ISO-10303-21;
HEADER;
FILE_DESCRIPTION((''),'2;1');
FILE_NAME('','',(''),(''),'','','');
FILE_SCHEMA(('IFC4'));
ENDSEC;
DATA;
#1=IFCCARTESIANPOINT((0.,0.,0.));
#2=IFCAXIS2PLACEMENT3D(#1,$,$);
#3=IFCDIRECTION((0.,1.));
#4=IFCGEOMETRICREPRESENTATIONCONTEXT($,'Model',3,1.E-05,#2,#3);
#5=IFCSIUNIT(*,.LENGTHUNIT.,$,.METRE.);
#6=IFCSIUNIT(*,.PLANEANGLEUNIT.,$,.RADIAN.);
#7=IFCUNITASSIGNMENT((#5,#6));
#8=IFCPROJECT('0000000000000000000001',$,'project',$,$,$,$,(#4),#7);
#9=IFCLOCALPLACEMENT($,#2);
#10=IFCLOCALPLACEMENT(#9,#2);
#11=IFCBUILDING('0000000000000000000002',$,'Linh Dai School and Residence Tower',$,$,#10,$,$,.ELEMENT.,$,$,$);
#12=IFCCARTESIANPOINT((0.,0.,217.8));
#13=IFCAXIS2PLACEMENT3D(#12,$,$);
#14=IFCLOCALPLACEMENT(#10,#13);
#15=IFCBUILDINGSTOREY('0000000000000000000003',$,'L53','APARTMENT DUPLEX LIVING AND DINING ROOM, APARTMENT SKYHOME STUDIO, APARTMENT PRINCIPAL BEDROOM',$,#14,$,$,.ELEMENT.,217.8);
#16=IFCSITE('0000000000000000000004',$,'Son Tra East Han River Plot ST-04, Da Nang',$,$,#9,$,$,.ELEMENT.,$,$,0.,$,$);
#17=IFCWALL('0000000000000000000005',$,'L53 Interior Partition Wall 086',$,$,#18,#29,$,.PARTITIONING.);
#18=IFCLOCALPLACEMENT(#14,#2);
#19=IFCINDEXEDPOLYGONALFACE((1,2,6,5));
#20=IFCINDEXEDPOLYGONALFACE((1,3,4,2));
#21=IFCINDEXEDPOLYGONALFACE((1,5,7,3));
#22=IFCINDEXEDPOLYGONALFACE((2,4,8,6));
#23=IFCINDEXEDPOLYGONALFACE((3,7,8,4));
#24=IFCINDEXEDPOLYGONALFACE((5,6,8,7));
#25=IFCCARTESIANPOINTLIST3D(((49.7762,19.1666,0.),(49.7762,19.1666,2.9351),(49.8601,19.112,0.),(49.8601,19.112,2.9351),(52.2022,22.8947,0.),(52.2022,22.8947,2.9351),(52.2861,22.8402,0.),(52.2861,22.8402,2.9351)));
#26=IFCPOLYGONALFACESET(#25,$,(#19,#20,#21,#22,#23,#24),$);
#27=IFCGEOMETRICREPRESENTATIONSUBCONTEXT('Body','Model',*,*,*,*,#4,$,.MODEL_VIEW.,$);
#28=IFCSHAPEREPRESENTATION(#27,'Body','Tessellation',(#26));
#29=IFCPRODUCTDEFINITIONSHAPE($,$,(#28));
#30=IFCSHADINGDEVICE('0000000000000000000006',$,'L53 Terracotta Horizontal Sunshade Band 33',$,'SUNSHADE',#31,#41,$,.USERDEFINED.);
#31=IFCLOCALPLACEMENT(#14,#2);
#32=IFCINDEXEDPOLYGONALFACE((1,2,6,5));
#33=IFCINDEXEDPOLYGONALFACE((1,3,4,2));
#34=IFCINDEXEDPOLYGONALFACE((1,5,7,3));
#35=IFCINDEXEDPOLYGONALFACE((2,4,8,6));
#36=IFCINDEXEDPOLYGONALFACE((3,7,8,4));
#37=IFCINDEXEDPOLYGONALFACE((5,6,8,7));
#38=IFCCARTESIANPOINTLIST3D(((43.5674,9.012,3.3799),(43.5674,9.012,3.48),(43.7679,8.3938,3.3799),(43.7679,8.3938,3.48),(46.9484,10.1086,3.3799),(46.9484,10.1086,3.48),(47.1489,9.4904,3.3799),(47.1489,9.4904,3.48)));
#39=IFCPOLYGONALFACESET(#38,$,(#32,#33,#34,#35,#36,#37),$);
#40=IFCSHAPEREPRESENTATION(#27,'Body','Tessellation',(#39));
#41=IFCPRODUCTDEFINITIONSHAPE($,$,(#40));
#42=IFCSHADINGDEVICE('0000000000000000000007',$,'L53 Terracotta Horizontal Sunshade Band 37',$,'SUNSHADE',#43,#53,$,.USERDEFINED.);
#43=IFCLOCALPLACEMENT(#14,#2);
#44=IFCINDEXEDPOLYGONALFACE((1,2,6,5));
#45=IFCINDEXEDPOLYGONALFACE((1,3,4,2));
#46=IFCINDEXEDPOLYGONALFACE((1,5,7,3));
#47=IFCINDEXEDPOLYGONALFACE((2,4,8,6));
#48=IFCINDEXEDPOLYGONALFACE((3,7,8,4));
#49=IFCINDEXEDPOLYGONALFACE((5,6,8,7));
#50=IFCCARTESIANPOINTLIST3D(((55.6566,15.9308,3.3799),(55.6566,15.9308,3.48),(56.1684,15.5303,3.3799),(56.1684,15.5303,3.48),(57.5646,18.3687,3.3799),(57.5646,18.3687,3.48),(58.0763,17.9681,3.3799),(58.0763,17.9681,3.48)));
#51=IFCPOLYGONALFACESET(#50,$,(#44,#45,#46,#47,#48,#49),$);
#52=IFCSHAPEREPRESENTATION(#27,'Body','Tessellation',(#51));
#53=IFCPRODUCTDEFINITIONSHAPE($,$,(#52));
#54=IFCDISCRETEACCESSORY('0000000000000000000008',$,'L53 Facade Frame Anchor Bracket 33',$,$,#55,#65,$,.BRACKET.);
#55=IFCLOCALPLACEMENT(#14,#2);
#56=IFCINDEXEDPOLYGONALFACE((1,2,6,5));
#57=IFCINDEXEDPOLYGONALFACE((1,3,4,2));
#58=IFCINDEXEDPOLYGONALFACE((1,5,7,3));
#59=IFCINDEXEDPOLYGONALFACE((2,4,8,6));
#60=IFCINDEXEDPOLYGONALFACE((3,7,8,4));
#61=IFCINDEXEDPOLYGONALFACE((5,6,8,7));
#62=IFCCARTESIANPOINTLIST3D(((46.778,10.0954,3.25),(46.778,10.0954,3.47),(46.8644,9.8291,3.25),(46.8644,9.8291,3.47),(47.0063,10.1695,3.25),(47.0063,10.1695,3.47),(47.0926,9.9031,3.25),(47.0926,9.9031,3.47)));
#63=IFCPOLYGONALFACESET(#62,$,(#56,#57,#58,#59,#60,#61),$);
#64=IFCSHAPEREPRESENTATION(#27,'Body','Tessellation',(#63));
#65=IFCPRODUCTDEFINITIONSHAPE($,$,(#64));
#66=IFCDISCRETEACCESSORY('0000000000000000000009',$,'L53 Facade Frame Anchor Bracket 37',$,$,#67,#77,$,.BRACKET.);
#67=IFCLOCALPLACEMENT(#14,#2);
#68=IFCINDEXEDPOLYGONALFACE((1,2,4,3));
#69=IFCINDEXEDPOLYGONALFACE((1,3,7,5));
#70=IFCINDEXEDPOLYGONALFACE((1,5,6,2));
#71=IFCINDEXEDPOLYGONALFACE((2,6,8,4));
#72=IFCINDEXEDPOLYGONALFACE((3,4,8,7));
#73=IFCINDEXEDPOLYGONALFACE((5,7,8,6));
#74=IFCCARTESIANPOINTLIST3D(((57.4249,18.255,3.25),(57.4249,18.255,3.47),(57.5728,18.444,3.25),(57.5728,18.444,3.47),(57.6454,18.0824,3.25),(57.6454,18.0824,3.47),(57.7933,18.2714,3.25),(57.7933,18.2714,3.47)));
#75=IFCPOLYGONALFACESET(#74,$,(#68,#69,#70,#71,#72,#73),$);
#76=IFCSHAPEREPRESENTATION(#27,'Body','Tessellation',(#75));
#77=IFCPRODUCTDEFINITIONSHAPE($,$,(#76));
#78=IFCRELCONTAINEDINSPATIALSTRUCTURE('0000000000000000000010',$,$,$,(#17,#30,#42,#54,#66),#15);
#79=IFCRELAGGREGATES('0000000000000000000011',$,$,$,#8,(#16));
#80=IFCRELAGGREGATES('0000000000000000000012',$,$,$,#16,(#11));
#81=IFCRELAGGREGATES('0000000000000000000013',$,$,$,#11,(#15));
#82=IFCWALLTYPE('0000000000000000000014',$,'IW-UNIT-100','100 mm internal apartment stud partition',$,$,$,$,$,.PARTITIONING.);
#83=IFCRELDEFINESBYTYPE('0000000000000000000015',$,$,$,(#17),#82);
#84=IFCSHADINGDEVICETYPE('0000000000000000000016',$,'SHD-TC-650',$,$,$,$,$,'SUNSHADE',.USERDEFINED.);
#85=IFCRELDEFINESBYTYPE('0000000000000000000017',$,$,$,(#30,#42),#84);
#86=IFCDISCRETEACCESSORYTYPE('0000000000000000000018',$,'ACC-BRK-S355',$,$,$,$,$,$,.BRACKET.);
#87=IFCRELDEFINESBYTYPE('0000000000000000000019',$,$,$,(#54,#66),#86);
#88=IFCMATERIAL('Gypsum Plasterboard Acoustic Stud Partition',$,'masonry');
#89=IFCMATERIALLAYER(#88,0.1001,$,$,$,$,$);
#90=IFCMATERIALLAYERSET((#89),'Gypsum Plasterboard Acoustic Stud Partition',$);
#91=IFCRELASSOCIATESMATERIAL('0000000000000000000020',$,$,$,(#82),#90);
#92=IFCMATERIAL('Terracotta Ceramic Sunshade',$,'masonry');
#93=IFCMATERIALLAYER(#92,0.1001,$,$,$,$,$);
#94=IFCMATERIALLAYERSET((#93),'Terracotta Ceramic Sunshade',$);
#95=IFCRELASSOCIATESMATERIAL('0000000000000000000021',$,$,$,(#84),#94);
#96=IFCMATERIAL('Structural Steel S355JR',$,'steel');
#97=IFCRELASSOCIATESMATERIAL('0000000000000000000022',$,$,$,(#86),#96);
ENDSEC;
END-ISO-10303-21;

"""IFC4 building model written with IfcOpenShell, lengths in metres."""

from ifc_helpers import new_model, si_unit, direction, frame, frame_2d, origin, origin_2d, place, context, subcontext, project, spatial, rectangle, extrude, source, transform, mapped, material, layer, layer_set, type_object, element, save


model = new_model("IFC4")

# Units and contexts
model_context = context("Model", 3, precision=1e-05, world=origin(), true_north=direction((0.0, 1.0)))
body_context = subcontext(model_context, "Body", "Model", "MODEL_VIEW")
ifc_project = project(units=[si_unit("LENGTHUNIT", "METRE"), si_unit("PLANEANGLEUNIT", "RADIAN")], contexts=[model_context])

# Site, building, storey
site_placement = place(None, origin())
site = spatial("IfcSite", under=ifc_project, at=site_placement, Name="Son Tra East Han River Plot ST-04, Da Nang", CompositionType="ELEMENT", RefElevation=0.0)
building_placement = place(site_placement, origin())
building = spatial("IfcBuilding", under=site, at=building_placement, Name="Linh Dai School and Residence Tower", CompositionType="ELEMENT")
storey_placement = place(building_placement, frame((0.0, 0.0, 217.8)))
storey = spatial("IfcBuildingStorey", under=building, at=storey_placement, Name="L53", Description="APARTMENT DUPLEX LIVING AND DINING ROOM, APARTMENT SKYHOME STUDIO, APARTMENT PRINCIPAL BEDROOM", CompositionType="ELEMENT", Elevation=217.8)

# Shared definitions
ifc_material_1 = material(Name="Structural Steel S355JR", Category="steel")

# Shared definitions
ifc_material_2 = material(Name="Gypsum Plasterboard Acoustic Stud Partition", Category="masonry")
ifc_layer_1 = layer(ifc_material_2, 0.1001)
ifc_layer_set_1 = layer_set([ifc_layer_1], Name="Gypsum Plasterboard Acoustic Stud Partition")
wall_type_1 = type_object("IfcWallType", Name="IW-UNIT-100", Description="100 mm internal apartment stud partition", PredefinedType="PARTITIONING", material=ifc_layer_set_1)

# Wall
wall_1_placement = place(storey_placement, frame((49.8181, 19.1392, 0.0), z_axis=(0.0, 0.0, 1.0), x_axis=(0.545407, 0.838171, 0.0)))
element("IfcWall", 1, at=wall_1_placement, inside=storey, type_object=wall_type_1, Name="L53 Interior Partition Wall 086", PredefinedType="PARTITIONING", context=body_context, shape_type="SweptSolid", body=[
    extrude(rectangle(XDim=4.448, YDim=0.1001, at=frame_2d((2.2241, 0.0))), origin(), (0.0, 0.0, 1.0), 2.9351),
])

# Shading devices
ifc_material_3 = material(Name="Terracotta Ceramic Sunshade", Category="masonry")
ifc_layer_2 = layer(ifc_material_3, 0.1001)
ifc_layer_set_2 = layer_set([ifc_layer_2], Name="Terracotta Ceramic Sunshade")
shading_device_type = type_object("IfcShadingDeviceType", Name="SHD-TC-650", ElementType="SUNSHADE", PredefinedType="USERDEFINED", material=ifc_layer_set_2)
shared_shape_1 = source(origin(), body_context, "Body", "SweptSolid", [
    extrude(rectangle(XDim=3.5544, YDim=0.6499, at=origin_2d()), origin(), (0.0, 0.0, 1.0), 0.1001),
])
shading_device_1_placement = place(storey_placement, frame((45.3582, 9.2512, 3.3799), z_axis=(0.0, 0.0, 1.0), x_axis=(-0.951224, -0.308501, 0.0)))
element("IfcShadingDevice", 2, at=shading_device_1_placement, inside=storey, type_object=shading_device_type, Name="L53 Terracotta Horizontal Sunshade Band 33", ObjectType="SUNSHADE", PredefinedType="USERDEFINED", context=body_context, shape_type="MappedRepresentation", body=[
    mapped(shared_shape_1, transform((0.0, 0.0, 0.0), x_axis=(1.0, 0.0, 0.0), y_axis=(0.0, 1.0, 0.0), z_axis=(0.0, 0.0, 1.0), scale=1.0)),
])
shared_shape_2 = source(origin(), body_context, "Body", "SweptSolid", [
    extrude(rectangle(XDim=3.0957, YDim=0.6499, at=origin_2d()), origin(), (0.0, 0.0, 1.0), 0.1001),
])
shading_device_2_placement = place(storey_placement, frame((56.8665, 16.9495, 3.3799), z_axis=(0.0, 0.0, 1.0), x_axis=(-0.616334, -0.787485, 0.0)))
element("IfcShadingDevice", 3, at=shading_device_2_placement, inside=storey, type_object=shading_device_type, Name="L53 Terracotta Horizontal Sunshade Band 37", ObjectType="SUNSHADE", PredefinedType="USERDEFINED", context=body_context, shape_type="MappedRepresentation", body=[
    mapped(shared_shape_2, transform((0.0, 0.0, 0.0), x_axis=(1.0, 0.0, 0.0), y_axis=(0.0, 1.0, 0.0), z_axis=(0.0, 0.0, 1.0), scale=1.0)),
])

# Discrete accessories
discrete_accessory_type = type_object("IfcDiscreteAccessoryType", Name="ACC-BRK-S355", PredefinedType="BRACKET", material=ifc_material_1)
shared_shape_3 = source(origin(), body_context, "Body", "SweptSolid", [
    extrude(rectangle(XDim=0.28, YDim=0.24, at=origin_2d()), origin(), (0.0, 0.0, 1.0), 0.22),
])
for number, where, z_axis, x_axis, name in (
    (4, (46.9353, 9.9993, 3.25), (0.0, 0.0, 1.0), (0.308501, -0.951224, 0.0), "L53 Facade Frame Anchor Bracket 33"),
    (5, (57.6091, 18.2632, 3.25), (0.0, 0.0, 1.0), (0.787485, -0.616334, 0.0), "L53 Facade Frame Anchor Bracket 37"),
):
    element("IfcDiscreteAccessory", number, at=place(storey_placement, frame(where, z_axis=z_axis, x_axis=x_axis)), inside=storey, type_object=discrete_accessory_type, Name=name, PredefinedType="BRACKET", context=body_context, shape_type="MappedRepresentation", body=[
        mapped(shared_shape_3, transform((0.0, 0.0, 0.0), x_axis=(1.0, 0.0, 0.0), y_axis=(0.0, 1.0, 0.0), z_axis=(0.0, 0.0, 1.0), scale=1.0)),
    ])

save(model, "model.ifc")
